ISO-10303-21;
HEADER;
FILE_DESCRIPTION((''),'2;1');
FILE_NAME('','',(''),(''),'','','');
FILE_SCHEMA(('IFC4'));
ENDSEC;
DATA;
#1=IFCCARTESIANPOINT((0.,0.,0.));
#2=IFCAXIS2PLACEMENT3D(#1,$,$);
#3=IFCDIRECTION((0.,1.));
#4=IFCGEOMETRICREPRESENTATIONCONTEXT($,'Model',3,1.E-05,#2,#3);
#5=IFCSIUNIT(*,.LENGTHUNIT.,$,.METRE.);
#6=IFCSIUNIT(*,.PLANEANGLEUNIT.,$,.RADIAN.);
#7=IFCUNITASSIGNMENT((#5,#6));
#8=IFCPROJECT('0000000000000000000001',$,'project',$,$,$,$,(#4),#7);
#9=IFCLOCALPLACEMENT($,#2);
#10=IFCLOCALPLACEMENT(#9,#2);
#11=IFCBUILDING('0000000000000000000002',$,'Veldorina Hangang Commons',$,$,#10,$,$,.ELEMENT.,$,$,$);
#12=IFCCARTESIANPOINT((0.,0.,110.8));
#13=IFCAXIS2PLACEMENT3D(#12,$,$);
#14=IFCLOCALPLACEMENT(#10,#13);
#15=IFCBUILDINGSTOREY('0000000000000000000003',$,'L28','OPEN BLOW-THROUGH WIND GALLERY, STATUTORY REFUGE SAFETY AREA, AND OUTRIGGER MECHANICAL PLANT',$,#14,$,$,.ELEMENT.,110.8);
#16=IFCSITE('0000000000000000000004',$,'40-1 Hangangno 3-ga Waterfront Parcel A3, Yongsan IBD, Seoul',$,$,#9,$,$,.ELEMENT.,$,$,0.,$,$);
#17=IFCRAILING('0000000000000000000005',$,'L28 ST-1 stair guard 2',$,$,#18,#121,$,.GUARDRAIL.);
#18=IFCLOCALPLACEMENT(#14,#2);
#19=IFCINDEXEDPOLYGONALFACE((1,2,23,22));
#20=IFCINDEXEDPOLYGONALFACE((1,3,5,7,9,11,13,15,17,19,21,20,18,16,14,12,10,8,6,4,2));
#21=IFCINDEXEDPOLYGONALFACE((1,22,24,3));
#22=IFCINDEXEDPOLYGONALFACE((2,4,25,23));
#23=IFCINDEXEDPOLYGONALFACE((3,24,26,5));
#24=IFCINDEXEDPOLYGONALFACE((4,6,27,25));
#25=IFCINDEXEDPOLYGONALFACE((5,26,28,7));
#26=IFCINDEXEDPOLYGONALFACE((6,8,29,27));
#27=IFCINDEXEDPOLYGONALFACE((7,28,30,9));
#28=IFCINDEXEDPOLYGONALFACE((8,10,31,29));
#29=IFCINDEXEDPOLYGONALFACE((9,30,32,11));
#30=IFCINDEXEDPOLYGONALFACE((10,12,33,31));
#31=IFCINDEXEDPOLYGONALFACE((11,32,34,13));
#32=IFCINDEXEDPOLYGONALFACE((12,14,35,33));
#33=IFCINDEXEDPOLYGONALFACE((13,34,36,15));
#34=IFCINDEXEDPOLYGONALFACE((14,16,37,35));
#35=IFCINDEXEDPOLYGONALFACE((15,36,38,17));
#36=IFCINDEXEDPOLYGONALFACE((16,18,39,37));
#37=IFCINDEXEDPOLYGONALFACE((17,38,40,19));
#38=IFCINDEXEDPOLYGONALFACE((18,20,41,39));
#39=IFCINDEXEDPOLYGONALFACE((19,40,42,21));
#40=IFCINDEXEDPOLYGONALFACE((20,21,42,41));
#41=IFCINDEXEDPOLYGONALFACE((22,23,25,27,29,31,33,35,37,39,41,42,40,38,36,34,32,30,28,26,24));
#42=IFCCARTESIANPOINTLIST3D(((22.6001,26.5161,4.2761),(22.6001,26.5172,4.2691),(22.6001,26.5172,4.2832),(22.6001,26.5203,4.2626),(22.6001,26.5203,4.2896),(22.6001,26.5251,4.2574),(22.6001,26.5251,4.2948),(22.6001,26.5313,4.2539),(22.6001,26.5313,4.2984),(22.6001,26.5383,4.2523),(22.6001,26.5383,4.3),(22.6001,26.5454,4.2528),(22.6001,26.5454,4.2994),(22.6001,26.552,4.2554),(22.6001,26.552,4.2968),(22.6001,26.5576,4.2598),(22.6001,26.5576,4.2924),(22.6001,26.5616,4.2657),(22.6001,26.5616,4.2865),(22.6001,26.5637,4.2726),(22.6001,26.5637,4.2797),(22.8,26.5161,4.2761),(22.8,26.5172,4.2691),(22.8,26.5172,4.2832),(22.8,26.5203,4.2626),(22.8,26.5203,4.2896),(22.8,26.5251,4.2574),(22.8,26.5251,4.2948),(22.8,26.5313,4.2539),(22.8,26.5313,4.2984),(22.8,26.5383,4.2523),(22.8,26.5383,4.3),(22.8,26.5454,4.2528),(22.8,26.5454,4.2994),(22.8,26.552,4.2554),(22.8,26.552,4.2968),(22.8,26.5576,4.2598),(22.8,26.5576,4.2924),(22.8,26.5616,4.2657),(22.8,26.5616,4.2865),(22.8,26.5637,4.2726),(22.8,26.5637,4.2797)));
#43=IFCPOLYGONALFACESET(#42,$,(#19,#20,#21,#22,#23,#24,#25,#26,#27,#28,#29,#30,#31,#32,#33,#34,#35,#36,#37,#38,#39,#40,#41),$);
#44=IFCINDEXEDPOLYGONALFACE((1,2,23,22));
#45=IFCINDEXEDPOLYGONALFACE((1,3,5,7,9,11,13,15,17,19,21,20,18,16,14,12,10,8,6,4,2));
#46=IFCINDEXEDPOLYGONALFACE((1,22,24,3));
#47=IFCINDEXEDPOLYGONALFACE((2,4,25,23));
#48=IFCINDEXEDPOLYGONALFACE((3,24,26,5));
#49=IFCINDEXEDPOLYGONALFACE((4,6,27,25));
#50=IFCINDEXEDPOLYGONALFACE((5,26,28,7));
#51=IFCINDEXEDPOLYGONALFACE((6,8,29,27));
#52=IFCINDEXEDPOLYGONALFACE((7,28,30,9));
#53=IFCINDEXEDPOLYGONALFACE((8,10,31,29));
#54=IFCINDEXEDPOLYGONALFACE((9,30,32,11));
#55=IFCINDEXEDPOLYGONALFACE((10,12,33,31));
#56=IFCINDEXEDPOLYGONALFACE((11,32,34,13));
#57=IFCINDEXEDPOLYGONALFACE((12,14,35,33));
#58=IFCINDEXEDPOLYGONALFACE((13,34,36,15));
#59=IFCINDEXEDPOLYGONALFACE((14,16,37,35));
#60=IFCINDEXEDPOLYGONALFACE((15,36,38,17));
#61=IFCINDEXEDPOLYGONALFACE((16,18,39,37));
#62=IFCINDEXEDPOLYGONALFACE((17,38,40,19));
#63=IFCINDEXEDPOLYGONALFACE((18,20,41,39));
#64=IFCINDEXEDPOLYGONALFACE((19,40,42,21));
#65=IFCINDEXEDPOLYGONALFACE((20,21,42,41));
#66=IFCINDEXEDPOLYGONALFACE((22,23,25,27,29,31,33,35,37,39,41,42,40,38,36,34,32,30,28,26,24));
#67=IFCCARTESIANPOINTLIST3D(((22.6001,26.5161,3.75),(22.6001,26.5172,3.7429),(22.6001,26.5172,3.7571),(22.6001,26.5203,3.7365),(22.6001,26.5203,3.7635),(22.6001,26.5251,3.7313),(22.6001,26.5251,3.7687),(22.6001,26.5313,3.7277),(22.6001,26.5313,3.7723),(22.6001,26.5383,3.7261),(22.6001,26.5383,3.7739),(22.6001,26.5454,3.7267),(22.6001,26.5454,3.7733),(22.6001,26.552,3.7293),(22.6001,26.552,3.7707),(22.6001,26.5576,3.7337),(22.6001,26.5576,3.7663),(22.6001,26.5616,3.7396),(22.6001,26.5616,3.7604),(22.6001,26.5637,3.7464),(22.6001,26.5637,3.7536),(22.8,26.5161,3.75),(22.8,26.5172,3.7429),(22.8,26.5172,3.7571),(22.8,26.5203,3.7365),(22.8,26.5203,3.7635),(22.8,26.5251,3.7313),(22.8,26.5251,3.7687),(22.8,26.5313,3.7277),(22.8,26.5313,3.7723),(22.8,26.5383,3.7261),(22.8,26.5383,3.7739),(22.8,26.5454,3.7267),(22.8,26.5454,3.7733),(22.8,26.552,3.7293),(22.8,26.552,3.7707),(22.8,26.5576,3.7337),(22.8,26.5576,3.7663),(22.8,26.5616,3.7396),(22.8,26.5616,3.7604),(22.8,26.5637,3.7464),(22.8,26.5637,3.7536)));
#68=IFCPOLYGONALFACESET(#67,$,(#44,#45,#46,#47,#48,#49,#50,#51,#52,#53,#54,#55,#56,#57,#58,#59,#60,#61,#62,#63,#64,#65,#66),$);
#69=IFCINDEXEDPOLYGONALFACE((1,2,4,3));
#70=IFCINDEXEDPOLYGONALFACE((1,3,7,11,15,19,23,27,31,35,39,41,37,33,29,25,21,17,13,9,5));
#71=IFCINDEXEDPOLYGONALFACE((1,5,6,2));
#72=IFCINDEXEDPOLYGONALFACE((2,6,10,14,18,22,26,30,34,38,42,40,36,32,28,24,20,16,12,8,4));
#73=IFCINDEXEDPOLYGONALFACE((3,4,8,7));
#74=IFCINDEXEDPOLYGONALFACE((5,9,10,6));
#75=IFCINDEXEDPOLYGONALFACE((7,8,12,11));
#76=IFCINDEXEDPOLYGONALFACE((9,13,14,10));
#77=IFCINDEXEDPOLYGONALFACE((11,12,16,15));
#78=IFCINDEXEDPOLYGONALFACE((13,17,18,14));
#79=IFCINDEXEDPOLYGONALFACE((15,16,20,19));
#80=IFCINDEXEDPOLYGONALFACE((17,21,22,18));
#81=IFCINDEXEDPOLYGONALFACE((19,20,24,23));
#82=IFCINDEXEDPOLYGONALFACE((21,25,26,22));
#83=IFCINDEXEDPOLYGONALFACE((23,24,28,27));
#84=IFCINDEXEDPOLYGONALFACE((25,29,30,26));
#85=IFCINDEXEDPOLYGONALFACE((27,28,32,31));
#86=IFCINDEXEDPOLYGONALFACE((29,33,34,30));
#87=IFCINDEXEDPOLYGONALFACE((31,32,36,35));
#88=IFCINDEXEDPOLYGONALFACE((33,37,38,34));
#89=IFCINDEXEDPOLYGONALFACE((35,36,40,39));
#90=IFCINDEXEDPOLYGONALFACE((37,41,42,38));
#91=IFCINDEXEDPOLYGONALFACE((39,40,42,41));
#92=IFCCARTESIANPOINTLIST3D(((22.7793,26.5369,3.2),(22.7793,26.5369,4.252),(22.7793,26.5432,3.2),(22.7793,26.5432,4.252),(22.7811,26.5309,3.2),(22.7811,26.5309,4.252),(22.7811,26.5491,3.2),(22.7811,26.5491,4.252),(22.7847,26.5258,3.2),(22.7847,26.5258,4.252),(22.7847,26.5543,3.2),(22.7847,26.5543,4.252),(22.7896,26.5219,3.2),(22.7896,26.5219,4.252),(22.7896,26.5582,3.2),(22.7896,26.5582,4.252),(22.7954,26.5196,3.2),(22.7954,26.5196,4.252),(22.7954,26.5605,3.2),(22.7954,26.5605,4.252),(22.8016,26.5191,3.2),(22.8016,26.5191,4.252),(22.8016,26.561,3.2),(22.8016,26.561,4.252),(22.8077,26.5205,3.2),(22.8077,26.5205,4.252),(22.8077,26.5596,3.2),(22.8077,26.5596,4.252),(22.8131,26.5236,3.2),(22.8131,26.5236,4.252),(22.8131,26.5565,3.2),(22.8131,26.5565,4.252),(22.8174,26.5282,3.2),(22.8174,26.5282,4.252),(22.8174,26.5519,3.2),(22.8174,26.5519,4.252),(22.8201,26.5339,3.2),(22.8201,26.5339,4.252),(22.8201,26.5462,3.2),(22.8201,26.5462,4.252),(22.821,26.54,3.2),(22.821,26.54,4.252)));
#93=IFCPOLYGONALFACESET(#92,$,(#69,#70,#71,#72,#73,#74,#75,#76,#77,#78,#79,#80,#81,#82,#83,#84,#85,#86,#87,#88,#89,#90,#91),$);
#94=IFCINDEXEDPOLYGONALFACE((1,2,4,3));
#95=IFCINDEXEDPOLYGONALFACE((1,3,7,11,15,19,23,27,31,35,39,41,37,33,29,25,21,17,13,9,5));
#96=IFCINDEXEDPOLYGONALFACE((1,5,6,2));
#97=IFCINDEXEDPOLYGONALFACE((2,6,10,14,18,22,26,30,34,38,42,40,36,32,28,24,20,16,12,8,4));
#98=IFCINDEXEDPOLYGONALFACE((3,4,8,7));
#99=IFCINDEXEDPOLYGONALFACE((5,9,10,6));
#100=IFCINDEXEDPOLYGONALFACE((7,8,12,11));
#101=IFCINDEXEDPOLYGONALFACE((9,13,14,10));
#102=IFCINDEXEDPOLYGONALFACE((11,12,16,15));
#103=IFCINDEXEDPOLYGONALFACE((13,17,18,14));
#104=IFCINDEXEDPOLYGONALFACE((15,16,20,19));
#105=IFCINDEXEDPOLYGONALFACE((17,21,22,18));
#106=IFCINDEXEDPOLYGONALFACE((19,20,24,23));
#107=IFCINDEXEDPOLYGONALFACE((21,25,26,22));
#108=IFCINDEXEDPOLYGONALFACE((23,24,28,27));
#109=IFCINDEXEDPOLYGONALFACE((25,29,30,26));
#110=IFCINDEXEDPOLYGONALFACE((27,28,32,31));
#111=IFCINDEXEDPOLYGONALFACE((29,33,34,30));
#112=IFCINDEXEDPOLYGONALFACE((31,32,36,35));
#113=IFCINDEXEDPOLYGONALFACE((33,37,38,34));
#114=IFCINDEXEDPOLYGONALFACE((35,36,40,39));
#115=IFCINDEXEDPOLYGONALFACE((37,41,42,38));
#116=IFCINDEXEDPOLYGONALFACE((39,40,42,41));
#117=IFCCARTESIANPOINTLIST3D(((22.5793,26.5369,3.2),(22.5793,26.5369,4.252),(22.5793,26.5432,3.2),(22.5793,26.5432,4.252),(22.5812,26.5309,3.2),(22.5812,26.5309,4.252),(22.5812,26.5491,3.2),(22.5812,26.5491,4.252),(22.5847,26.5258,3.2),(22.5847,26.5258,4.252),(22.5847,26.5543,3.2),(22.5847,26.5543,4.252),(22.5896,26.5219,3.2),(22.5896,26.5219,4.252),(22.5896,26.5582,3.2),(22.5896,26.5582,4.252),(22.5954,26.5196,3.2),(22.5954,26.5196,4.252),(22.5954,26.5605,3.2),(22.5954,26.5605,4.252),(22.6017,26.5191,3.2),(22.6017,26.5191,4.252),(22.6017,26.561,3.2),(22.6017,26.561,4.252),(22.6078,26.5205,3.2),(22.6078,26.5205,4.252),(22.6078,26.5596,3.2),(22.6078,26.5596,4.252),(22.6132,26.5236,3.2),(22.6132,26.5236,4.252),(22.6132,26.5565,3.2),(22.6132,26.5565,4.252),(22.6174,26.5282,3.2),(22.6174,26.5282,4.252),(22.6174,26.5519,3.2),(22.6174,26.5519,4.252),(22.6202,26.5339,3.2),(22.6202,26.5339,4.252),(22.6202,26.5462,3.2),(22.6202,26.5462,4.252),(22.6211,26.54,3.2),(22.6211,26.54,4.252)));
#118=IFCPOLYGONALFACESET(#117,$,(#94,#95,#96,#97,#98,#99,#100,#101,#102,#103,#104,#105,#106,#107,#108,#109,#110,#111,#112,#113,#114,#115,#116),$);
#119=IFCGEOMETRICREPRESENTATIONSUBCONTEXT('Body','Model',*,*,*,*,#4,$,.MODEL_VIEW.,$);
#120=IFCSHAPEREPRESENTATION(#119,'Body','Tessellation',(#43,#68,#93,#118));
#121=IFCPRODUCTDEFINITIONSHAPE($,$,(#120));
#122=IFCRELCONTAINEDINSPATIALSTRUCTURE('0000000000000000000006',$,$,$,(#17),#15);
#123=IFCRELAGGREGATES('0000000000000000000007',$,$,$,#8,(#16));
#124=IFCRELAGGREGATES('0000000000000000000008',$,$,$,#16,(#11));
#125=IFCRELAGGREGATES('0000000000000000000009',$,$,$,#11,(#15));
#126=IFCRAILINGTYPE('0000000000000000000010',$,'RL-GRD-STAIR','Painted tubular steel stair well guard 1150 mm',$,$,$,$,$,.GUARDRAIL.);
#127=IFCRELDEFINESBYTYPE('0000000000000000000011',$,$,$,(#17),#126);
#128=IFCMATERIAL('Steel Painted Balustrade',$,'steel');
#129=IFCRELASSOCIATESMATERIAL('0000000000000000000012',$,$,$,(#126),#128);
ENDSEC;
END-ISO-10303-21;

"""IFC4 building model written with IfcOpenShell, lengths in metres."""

from ifc_helpers import new_model, si_unit, direction, frame, origin, origin_2d, place, context, subcontext, project, spatial, circle, extrude, material, type_object, element, save


model = new_model("IFC4")

# Units and contexts
model_context = context("Model", 3, precision=1e-05, world=origin(), true_north=direction((0.0, 1.0)))
body_context = subcontext(model_context, "Body", "Model", "MODEL_VIEW")
ifc_project = project(units=[si_unit("LENGTHUNIT", "METRE"), si_unit("PLANEANGLEUNIT", "RADIAN")], contexts=[model_context])

# Site, building, storey
site_placement = place(None, origin())
site = spatial("IfcSite", under=ifc_project, at=site_placement, Name="40-1 Hangangno 3-ga Waterfront Parcel A3, Yongsan IBD, Seoul", CompositionType="ELEMENT", RefElevation=0.0)
building_placement = place(site_placement, origin())
building = spatial("IfcBuilding", under=site, at=building_placement, Name="Veldorina Hangang Commons", CompositionType="ELEMENT")
storey_placement = place(building_placement, frame((0.0, 0.0, 110.8)))
storey = spatial("IfcBuildingStorey", under=building, at=storey_placement, Name="L28", Description="OPEN BLOW-THROUGH WIND GALLERY, STATUTORY REFUGE SAFETY AREA, AND OUTRIGGER MECHANICAL PLANT", CompositionType="ELEMENT", Elevation=110.8)

# Railing
ifc_material_1 = material(Name="Steel Painted Balustrade", Category="steel")
railing_type_1 = type_object("IfcRailingType", Name="RL-GRD-STAIR", Description="Painted tubular steel stair well guard 1150 mm", PredefinedType="GUARDRAIL", material=ifc_material_1)
railing_1_placement = place(storey_placement, frame((22.8, 26.54, 3.2)))
element("IfcRailing", 1, at=railing_1_placement, inside=storey, type_object=railing_type_1, Name="L28 ST-1 stair guard 2", PredefinedType="GUARDRAIL", context=body_context, shape_type="SweptSolid", body=[
    extrude(circle(Radius=0.0239, at=origin_2d()), frame((0.0, 0.0, 1.0762), z_axis=(-1.0, 0.0, 0.0), x_axis=(0.0, -1.0, 0.0)), (0.0, 0.0, 1.0), 0.2),
    extrude(circle(Radius=0.0239, at=origin_2d()), frame((0.0, 0.0, 0.55), z_axis=(-1.0, 0.0, 0.0), x_axis=(0.0, -1.0, 0.0)), (0.0, 0.0, 1.0), 0.2),
    extrude(circle(Radius=0.021, at=origin_2d()), origin(), (0.0, 0.0, 1.0), 1.052),
    extrude(circle(Radius=0.021, at=origin_2d()), frame((-0.2, 0.0, 0.0)), (0.0, 0.0, 1.0), 1.052),
])

save(model, "model.ifc")
